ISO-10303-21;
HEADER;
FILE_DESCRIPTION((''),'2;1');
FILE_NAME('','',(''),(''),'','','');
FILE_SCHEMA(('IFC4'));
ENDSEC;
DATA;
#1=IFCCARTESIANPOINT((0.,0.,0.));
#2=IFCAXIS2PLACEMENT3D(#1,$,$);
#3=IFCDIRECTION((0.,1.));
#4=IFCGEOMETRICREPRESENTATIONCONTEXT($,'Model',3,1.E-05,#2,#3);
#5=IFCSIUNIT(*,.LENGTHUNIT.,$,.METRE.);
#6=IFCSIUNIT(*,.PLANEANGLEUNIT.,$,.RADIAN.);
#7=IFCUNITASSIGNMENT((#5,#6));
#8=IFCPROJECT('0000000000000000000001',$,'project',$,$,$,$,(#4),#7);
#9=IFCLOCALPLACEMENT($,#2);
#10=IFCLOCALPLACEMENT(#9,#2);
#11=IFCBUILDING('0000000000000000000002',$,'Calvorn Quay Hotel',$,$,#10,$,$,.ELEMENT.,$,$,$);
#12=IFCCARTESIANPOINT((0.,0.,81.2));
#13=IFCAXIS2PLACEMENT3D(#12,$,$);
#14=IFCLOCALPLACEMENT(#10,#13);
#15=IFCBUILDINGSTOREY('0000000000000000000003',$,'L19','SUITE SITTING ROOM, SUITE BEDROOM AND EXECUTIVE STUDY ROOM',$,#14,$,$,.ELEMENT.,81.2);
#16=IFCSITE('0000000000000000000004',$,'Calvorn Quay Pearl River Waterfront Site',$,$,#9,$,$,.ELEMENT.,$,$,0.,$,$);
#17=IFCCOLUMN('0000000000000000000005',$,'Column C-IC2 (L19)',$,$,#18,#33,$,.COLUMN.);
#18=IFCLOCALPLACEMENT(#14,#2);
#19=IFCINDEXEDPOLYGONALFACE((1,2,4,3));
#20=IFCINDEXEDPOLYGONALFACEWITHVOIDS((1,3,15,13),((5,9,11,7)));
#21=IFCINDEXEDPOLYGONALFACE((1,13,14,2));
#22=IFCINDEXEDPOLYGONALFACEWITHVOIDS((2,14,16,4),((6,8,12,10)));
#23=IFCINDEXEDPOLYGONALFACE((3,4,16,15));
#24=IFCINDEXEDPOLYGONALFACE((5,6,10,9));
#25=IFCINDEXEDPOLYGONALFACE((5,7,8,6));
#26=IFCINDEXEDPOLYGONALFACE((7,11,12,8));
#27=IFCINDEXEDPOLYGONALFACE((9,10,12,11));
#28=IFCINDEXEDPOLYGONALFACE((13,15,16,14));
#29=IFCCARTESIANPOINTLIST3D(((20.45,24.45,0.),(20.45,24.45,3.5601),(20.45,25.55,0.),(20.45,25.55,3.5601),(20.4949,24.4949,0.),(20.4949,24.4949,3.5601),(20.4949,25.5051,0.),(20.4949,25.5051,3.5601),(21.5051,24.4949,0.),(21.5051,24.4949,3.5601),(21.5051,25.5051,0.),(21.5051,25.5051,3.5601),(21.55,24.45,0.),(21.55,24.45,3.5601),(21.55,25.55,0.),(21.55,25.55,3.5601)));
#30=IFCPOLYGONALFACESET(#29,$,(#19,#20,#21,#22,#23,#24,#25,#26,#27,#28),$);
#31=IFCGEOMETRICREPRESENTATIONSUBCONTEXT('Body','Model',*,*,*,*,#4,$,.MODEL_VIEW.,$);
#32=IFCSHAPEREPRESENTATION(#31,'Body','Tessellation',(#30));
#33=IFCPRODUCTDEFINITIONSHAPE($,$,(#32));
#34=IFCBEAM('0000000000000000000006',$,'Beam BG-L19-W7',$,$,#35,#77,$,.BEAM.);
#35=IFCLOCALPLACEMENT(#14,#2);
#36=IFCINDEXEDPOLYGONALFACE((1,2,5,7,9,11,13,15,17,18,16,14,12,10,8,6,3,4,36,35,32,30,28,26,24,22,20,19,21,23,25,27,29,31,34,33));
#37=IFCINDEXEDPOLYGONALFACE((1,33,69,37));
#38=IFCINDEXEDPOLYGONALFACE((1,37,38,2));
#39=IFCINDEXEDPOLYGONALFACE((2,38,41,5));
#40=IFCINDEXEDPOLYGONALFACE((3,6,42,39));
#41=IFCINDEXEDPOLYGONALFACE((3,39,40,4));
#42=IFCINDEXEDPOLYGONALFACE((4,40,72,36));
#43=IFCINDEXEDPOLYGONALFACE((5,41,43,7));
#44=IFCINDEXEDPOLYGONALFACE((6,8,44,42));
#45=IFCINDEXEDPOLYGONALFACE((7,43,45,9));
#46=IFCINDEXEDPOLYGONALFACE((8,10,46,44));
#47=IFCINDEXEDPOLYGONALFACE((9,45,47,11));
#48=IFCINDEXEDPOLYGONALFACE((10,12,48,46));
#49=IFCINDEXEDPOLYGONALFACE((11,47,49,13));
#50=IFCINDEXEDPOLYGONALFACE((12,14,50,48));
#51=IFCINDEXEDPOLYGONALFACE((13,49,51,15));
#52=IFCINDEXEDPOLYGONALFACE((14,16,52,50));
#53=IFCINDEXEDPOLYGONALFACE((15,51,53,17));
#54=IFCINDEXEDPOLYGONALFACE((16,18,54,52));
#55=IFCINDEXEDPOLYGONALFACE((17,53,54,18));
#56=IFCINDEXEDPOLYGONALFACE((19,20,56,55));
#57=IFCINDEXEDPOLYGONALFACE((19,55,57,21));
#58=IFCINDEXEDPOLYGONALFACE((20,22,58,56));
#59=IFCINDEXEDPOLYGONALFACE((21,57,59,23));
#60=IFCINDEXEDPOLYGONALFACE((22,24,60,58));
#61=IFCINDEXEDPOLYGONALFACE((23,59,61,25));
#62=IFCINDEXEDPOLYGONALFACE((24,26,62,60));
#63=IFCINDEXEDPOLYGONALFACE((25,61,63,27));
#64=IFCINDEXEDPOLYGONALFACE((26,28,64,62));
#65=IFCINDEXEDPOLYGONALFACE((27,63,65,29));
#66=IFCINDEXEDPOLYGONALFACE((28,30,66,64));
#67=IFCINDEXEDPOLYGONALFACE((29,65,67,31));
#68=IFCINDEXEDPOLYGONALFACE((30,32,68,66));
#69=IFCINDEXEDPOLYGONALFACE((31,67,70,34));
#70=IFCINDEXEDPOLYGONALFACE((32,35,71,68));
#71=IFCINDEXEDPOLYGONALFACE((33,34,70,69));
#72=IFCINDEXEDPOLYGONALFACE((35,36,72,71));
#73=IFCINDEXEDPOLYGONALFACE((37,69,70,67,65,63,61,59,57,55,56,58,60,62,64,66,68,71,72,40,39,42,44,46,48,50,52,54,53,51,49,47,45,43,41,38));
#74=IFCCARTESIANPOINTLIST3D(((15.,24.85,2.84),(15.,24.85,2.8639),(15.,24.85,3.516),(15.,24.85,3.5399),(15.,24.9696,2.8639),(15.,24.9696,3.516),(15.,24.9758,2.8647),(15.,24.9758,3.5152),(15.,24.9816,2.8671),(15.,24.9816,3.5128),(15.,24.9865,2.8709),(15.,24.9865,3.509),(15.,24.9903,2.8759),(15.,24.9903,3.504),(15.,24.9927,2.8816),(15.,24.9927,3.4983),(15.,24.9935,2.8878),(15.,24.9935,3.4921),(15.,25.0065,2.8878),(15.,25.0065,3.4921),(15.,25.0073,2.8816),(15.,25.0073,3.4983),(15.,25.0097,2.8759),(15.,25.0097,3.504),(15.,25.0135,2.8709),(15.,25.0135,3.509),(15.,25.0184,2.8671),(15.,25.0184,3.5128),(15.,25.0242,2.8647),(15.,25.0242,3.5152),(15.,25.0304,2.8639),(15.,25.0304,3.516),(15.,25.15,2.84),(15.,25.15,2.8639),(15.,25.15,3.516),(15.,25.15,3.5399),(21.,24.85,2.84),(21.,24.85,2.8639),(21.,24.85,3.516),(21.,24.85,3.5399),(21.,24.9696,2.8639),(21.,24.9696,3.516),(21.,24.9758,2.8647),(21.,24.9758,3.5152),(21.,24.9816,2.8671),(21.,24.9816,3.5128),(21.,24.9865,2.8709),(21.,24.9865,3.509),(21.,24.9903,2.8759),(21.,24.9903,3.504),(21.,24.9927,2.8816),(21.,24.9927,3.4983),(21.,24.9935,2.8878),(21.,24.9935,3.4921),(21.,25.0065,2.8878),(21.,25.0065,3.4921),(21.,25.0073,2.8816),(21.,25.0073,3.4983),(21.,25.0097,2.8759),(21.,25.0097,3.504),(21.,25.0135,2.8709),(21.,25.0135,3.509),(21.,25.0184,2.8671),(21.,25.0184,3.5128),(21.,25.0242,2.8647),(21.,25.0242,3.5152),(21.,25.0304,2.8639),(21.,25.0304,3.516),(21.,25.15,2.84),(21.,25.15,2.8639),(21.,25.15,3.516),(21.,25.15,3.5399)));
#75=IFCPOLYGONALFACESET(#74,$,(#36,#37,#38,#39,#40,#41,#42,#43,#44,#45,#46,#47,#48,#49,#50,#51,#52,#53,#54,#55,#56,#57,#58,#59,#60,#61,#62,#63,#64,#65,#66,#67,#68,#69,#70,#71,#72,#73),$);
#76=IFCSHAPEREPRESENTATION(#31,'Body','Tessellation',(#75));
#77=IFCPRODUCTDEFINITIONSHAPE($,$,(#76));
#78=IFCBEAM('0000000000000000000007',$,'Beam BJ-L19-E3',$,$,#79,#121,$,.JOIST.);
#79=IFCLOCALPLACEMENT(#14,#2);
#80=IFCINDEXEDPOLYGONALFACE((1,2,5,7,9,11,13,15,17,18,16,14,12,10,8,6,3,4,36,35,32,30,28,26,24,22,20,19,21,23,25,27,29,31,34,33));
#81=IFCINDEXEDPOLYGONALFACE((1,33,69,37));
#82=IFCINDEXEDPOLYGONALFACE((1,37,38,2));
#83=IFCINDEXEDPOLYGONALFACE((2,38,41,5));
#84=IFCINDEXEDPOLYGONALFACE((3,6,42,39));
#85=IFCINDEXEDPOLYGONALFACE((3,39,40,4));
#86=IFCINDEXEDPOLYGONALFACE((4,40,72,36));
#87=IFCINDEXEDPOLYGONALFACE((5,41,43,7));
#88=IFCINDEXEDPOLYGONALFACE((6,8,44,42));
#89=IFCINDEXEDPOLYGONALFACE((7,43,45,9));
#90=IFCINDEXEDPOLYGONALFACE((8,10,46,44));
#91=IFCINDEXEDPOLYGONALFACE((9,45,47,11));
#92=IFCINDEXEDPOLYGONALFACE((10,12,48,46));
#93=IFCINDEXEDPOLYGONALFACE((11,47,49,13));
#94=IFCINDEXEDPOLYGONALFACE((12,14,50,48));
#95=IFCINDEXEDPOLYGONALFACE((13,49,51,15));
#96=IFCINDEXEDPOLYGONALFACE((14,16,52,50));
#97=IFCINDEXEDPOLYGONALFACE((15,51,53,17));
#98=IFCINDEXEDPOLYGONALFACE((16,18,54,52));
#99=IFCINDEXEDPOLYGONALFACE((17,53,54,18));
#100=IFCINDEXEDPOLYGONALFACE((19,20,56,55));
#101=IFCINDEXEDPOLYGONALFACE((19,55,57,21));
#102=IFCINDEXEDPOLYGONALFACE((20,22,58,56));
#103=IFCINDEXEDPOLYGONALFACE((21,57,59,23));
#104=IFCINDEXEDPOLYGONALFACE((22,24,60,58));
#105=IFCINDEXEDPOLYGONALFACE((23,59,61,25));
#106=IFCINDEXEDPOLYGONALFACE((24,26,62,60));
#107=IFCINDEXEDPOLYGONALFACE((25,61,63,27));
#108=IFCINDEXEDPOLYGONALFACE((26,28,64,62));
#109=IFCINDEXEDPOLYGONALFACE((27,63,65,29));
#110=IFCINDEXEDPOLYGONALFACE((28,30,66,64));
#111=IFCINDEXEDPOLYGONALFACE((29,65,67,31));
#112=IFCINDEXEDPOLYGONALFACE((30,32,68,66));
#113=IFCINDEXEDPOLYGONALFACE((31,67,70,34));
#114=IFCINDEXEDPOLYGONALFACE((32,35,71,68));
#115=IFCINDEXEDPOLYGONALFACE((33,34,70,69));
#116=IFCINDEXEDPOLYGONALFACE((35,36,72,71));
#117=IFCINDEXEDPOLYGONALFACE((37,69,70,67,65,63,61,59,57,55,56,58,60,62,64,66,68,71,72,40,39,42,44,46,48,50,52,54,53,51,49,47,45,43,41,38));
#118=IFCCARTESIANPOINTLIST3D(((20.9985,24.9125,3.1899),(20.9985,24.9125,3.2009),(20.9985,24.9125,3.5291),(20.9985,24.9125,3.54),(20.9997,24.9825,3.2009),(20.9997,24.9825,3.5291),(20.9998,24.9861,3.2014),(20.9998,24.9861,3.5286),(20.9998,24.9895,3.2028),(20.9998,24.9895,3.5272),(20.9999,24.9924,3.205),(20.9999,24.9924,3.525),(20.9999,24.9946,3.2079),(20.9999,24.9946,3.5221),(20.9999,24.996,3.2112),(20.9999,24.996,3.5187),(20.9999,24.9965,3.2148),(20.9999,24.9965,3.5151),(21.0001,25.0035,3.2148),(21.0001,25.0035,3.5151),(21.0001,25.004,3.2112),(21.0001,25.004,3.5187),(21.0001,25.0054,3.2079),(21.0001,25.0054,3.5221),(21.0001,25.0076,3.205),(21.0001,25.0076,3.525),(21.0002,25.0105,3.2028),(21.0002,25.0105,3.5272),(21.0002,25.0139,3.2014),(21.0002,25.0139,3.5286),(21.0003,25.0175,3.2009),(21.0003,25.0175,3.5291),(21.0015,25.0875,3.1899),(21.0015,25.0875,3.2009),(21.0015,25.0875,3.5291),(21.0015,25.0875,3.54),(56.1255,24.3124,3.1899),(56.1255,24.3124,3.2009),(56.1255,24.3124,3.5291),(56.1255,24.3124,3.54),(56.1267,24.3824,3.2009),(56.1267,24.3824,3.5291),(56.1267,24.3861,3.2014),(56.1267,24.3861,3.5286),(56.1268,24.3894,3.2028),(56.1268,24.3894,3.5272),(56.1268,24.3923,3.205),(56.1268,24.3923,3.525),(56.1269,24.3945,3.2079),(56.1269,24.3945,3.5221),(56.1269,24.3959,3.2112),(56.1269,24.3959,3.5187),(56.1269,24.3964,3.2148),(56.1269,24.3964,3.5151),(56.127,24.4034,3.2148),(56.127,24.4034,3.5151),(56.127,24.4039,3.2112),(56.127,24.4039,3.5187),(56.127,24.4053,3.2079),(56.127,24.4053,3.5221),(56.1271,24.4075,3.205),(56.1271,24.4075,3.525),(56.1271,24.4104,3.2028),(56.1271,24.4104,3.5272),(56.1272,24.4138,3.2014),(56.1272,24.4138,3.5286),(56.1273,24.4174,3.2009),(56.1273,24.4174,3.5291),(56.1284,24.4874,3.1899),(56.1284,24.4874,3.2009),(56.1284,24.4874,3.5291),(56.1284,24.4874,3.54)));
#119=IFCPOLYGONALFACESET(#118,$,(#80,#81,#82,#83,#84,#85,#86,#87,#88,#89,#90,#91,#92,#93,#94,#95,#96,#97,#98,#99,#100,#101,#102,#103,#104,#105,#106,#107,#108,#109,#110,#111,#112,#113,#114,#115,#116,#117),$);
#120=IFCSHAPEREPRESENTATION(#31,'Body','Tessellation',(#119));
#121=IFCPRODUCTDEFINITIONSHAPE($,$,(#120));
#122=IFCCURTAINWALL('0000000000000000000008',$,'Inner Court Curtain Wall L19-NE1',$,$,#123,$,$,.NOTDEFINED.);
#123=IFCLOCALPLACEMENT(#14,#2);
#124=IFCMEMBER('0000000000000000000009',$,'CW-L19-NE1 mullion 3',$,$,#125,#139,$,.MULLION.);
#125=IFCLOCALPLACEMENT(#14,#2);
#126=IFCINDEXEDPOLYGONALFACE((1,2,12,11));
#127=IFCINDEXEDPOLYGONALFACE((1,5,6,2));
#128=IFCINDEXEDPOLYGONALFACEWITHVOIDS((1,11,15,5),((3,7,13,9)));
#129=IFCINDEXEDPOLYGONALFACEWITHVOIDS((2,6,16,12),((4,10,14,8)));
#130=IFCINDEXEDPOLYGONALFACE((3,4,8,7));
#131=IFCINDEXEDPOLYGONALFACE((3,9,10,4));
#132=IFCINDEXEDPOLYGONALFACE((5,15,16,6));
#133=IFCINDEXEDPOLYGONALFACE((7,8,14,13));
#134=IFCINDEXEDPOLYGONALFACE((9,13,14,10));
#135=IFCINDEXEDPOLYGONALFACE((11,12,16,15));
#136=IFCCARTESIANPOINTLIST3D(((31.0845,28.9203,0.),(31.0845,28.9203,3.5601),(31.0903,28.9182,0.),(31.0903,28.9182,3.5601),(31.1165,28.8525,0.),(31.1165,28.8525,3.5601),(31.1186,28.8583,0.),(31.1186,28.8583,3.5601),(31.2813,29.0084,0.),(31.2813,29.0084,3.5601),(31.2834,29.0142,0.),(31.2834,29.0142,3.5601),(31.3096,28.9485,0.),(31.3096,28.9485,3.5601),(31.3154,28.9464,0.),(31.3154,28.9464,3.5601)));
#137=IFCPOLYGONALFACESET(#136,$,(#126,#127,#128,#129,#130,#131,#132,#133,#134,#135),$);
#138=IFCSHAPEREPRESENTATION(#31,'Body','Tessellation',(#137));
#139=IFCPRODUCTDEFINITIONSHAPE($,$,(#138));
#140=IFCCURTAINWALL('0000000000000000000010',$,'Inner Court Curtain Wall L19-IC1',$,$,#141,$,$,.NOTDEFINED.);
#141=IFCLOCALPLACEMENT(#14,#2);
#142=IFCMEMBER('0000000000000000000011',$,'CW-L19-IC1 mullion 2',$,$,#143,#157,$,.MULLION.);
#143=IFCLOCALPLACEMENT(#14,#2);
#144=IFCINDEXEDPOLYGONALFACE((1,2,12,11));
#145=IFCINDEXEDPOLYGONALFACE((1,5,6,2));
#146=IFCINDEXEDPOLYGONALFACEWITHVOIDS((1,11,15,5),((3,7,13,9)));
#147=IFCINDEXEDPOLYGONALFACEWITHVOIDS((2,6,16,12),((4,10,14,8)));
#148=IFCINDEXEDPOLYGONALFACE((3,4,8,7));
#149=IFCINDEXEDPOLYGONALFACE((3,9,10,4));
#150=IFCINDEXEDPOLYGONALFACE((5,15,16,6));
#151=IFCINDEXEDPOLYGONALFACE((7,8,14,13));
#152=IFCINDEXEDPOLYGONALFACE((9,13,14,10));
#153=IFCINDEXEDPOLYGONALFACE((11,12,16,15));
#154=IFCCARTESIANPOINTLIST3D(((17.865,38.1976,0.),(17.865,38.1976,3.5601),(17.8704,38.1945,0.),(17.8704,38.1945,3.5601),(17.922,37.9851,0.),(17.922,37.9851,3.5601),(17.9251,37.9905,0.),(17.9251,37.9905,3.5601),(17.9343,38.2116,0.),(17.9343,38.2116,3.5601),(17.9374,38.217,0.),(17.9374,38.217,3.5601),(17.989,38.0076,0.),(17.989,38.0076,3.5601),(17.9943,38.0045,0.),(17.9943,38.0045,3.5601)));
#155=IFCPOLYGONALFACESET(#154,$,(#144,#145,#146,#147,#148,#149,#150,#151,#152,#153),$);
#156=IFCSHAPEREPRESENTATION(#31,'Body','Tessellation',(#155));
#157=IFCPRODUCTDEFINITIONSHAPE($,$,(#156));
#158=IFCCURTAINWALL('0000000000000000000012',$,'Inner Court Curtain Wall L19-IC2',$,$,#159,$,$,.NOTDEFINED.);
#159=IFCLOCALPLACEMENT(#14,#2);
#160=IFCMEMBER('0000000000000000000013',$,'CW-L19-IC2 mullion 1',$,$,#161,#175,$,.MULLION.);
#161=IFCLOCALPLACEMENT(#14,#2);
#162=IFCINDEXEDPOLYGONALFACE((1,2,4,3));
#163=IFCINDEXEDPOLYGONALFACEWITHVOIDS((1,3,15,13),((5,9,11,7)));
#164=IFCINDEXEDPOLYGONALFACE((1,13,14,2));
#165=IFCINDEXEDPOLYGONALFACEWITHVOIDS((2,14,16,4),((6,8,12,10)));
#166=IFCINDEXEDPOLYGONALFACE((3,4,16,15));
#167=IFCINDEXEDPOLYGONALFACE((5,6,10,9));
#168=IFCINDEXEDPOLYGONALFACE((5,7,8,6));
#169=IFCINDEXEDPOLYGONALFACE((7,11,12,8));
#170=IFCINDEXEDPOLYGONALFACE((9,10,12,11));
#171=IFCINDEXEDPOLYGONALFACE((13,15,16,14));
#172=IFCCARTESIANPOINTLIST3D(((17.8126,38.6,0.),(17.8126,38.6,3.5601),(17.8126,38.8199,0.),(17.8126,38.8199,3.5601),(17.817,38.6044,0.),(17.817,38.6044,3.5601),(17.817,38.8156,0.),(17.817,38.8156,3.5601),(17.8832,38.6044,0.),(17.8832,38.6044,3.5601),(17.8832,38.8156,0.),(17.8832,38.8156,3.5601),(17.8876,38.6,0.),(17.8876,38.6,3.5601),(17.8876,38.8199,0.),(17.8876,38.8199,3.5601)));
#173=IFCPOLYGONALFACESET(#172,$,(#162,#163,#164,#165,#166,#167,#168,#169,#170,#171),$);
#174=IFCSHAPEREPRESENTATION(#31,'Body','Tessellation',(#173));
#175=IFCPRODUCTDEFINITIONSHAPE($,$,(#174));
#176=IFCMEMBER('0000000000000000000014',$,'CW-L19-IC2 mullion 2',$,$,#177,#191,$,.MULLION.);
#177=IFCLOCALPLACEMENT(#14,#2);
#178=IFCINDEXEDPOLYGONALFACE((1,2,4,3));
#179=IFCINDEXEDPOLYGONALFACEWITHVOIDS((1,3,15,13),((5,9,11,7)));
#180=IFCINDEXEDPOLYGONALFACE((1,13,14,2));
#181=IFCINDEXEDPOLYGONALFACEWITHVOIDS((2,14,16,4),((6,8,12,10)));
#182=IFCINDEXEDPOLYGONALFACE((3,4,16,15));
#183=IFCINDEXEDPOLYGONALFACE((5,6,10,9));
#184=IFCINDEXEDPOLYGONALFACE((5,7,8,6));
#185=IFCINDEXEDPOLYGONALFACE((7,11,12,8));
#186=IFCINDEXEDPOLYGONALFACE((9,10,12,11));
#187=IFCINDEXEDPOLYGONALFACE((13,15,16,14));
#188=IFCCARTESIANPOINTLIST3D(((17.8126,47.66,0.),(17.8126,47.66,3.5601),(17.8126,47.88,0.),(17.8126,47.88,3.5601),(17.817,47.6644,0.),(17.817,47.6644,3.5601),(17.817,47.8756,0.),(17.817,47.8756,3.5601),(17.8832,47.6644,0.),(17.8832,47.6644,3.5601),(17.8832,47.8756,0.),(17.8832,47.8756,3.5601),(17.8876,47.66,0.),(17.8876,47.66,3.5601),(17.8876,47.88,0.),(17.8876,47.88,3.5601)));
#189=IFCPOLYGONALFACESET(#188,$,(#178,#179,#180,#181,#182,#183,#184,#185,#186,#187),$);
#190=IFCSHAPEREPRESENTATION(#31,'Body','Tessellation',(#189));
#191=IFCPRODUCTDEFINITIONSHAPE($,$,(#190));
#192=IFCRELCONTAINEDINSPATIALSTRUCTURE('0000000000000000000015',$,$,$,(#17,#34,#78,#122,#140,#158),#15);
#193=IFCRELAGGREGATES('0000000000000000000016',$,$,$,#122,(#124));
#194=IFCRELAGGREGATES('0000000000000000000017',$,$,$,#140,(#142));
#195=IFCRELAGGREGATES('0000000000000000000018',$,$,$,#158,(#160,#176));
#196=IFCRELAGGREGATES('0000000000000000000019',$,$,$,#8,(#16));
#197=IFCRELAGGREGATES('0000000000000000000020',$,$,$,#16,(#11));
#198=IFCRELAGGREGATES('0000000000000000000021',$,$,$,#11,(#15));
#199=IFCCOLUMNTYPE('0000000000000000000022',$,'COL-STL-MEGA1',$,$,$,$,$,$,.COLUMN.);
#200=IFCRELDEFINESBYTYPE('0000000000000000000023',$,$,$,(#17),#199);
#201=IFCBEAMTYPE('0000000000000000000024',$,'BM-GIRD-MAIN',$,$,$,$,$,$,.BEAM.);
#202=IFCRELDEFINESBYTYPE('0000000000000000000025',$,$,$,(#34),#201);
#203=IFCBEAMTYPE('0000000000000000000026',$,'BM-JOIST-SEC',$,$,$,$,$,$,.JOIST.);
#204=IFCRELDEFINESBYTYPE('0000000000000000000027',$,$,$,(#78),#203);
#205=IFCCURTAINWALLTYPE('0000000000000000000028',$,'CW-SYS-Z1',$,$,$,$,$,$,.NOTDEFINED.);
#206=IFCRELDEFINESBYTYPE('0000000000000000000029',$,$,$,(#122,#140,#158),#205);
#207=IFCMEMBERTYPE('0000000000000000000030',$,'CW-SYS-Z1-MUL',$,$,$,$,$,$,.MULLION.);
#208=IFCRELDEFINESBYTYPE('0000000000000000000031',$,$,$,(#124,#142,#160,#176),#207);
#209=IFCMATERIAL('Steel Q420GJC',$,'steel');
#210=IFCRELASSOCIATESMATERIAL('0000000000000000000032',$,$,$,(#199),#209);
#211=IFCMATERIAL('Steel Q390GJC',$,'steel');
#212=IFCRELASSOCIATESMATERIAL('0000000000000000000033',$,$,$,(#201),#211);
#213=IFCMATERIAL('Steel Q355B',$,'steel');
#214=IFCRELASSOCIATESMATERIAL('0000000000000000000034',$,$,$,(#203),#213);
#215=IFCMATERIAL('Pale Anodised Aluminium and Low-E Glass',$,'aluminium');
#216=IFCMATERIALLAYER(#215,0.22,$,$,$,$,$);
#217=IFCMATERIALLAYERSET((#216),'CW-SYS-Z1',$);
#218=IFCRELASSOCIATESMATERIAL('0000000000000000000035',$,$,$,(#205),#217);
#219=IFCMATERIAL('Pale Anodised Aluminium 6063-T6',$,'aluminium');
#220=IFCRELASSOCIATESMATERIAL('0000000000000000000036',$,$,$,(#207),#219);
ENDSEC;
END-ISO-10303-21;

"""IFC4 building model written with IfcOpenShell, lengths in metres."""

from ifc_helpers import new_model, si_unit, direction, frame, origin, origin_2d, place, context, subcontext, project, spatial, hollow_rectangle, i_section, extrude, material, layer, layer_set, material_profile, profile_set, type_object, element, aggregate, save


model = new_model("IFC4")

# Units and contexts
model_context = context("Model", 3, precision=1e-05, world=origin(), true_north=direction((0.0, 1.0)))
body_context = subcontext(model_context, "Body", "Model", "MODEL_VIEW")
ifc_project = project(units=[si_unit("LENGTHUNIT", "METRE"), si_unit("PLANEANGLEUNIT", "RADIAN")], contexts=[model_context])

# Site, building, storey
site_placement = place(None, origin())
site = spatial("IfcSite", under=ifc_project, at=site_placement, Name="Calvorn Quay Pearl River Waterfront Site", CompositionType="ELEMENT", RefElevation=0.0)
building_placement = place(site_placement, origin())
building = spatial("IfcBuilding", under=site, at=building_placement, Name="Calvorn Quay Hotel", CompositionType="ELEMENT")
storey_placement = place(building_placement, frame((0.0, 0.0, 81.2)))
storey = spatial("IfcBuildingStorey", under=building, at=storey_placement, Name="L19", Description="SUITE SITTING ROOM, SUITE BEDROOM AND EXECUTIVE STUDY ROOM", CompositionType="ELEMENT", Elevation=81.2)

# Column
ifc_material_1 = material(Name="Steel Q420GJC", Category="steel")
ifc_material_profile_1 = material_profile(ifc_material_1, hollow_rectangle(XDim=1.1001, YDim=1.1001, WallThickness=0.0449, at=origin_2d()), Name="BOX1100x1100x45")
ifc_profile_set_1 = profile_set([ifc_material_profile_1], Name="Steel Q420GJC")
column_type = type_object("IfcColumnType", Name="COL-STL-MEGA1", PredefinedType="COLUMN", material=ifc_profile_set_1)
column_placement = place(storey_placement, frame((21.0, 25.0, 0.0), z_axis=(0.0, 0.0, 1.0), x_axis=(1.0, 0.0, 0.0)))
element("IfcColumn", 1, at=column_placement, inside=storey, type_object=column_type, Name="Column C-IC2 (L19)", PredefinedType="COLUMN", context=body_context, shape_type="SweptSolid", body=[
    extrude(hollow_rectangle(XDim=1.1001, YDim=1.1001, WallThickness=0.0449, at=origin_2d()), origin(), (0.0, 0.0, 1.0), 3.5601),
])

# Beams
ifc_material_2 = material(Name="Steel Q390GJC", Category="steel")
ifc_material_profile_2 = material_profile(ifc_material_2, i_section(OverallWidth=0.3, OverallDepth=0.7, WebThickness=0.0129, FlangeThickness=0.0239, FilletRadius=0.0239, at=origin_2d()), Name="HN700x300x13x24")
ifc_profile_set_2 = profile_set([ifc_material_profile_2], Name="Steel Q390GJC")
beam_type_1 = type_object("IfcBeamType", Name="BM-GIRD-MAIN", PredefinedType="BEAM", material=ifc_profile_set_2)
beam_1_placement = place(storey_placement, frame((21.0, 25.0, 3.1899), z_axis=(-1.0, 0.0, 0.0), x_axis=(0.0, -1.0, 0.0)))
element("IfcBeam", 2, at=beam_1_placement, inside=storey, type_object=beam_type_1, Name="Beam BG-L19-W7", PredefinedType="BEAM", context=body_context, shape_type="SweptSolid", body=[
    extrude(i_section(OverallWidth=0.3, OverallDepth=0.7, WebThickness=0.0129, FlangeThickness=0.0239, FilletRadius=0.0239, at=origin_2d()), origin(), (0.0, 0.0, 1.0), 6.0),
])
ifc_material_3 = material(Name="Steel Q355B", Category="steel")
ifc_material_profile_3 = material_profile(ifc_material_3, i_section(OverallWidth=0.175, OverallDepth=0.3501, WebThickness=0.0071, FlangeThickness=0.011, FilletRadius=0.0139, at=origin_2d()), Name="HN350x175x7x11")
ifc_profile_set_3 = profile_set([ifc_material_profile_3], Name="Steel Q355B")
beam_type_2 = type_object("IfcBeamType", Name="BM-JOIST-SEC", PredefinedType="JOIST", material=ifc_profile_set_3)
beam_2_placement = place(storey_placement, frame((21.0, 25.0, 3.365), z_axis=(0.999854, -0.017081, 0.0), x_axis=(0.017081, 0.999854, 0.0)))
element("IfcBeam", 3, at=beam_2_placement, inside=storey, type_object=beam_type_2, Name="Beam BJ-L19-E3", PredefinedType="JOIST", context=body_context, shape_type="SweptSolid", body=[
    extrude(i_section(OverallWidth=0.175, OverallDepth=0.3501, WebThickness=0.0071, FlangeThickness=0.011, FilletRadius=0.0139, at=origin_2d()), origin(), (0.0, 0.0, 1.0), 35.1321),
])

# Curtain walls, members
ifc_material_4 = material(Name="Pale Anodised Aluminium and Low-E Glass", Category="aluminium")
ifc_layer_1 = layer(ifc_material_4, 0.22)
ifc_layer_set_1 = layer_set([ifc_layer_1], Name="CW-SYS-Z1")
curtain_wall_type = type_object("IfcCurtainWallType", Name="CW-SYS-Z1", PredefinedType="NOTDEFINED", material=ifc_layer_set_1)
curtain_wall_1_placement = place(storey_placement, origin())
curtain_wall_1 = element("IfcCurtainWall", 4, at=curtain_wall_1_placement, inside=storey, type_object=curtain_wall_type, Name="Inner Court Curtain Wall L19-NE1", PredefinedType="NOTDEFINED")
ifc_material_5 = material(Name="Pale Anodised Aluminium 6063-T6", Category="aluminium")
ifc_material_profile_4 = material_profile(ifc_material_5, hollow_rectangle(XDim=0.075, YDim=0.22, WallThickness=0.0044, at=origin_2d()), Name="ALU-M220x75x4.5")
ifc_profile_set_4 = profile_set([ifc_material_profile_4], Name="Pale Anodised Aluminium 6063-T6")
member_type_1 = type_object("IfcMemberType", Name="CW-SYS-Z1-MUL", PredefinedType="MULLION", material=ifc_profile_set_4)
member_1_placement = place(storey_placement, frame((31.2, 28.9333, 0.0), z_axis=(0.0, 0.0, 1.0), x_axis=(0.427006, -0.904249, 0.0)))
member_1 = element("IfcMember", 5, at=member_1_placement, type_object=member_type_1, Name="CW-L19-NE1 mullion 3", PredefinedType="MULLION", context=body_context, shape_type="SweptSolid", body=[
    extrude(hollow_rectangle(XDim=0.075, YDim=0.22, WallThickness=0.0044, at=origin_2d()), origin(), (0.0, 0.0, 1.0), 3.5601),
])
curtain_wall_2_placement = place(storey_placement, origin())
curtain_wall_2 = element("IfcCurtainWall", 6, at=curtain_wall_2_placement, inside=storey, type_object=curtain_wall_type, Name="Inner Court Curtain Wall L19-IC1", PredefinedType="NOTDEFINED")
member_2_placement = place(storey_placement, frame((17.9297, 38.1011, 0.0), z_axis=(0.0, 0.0, 1.0), x_axis=(-0.965937, -0.258779, 0.0)))
member_2 = element("IfcMember", 7, at=member_2_placement, type_object=member_type_1, Name="CW-L19-IC1 mullion 2", PredefinedType="MULLION", context=body_context, shape_type="SweptSolid", body=[
    extrude(hollow_rectangle(XDim=0.075, YDim=0.22, WallThickness=0.0044, at=origin_2d()), origin(), (0.0, 0.0, 1.0), 3.5601),
])

# Curtain wall, members
curtain_wall_3_placement = place(storey_placement, origin())
curtain_wall_3 = element("IfcCurtainWall", 8, at=curtain_wall_3_placement, inside=storey, type_object=curtain_wall_type, Name="Inner Court Curtain Wall L19-IC2", PredefinedType="NOTDEFINED")
member_3_placement = place(storey_placement, frame((17.8501, 38.71, 0.0), z_axis=(0.0, 0.0, 1.0), x_axis=(-1.0, 0.0, 0.0)))
member_3 = element("IfcMember", 9, at=member_3_placement, type_object=member_type_1, Name="CW-L19-IC2 mullion 1", PredefinedType="MULLION", context=body_context, shape_type="SweptSolid", body=[
    extrude(hollow_rectangle(XDim=0.075, YDim=0.22, WallThickness=0.0044, at=origin_2d()), origin(), (0.0, 0.0, 1.0), 3.5601),
])
member_4_placement = place(storey_placement, frame((17.8501, 47.77, 0.0), z_axis=(0.0, 0.0, 1.0), x_axis=(-1.0, 0.0, 0.0)))
member_4 = element("IfcMember", 10, at=member_4_placement, type_object=member_type_1, Name="CW-L19-IC2 mullion 2", PredefinedType="MULLION", context=body_context, shape_type="SweptSolid", body=[
    extrude(hollow_rectangle(XDim=0.075, YDim=0.22, WallThickness=0.0044, at=origin_2d()), origin(), (0.0, 0.0, 1.0), 3.5601),
])

aggregate(curtain_wall_1, [member_1])
aggregate(curtain_wall_2, [member_2])
aggregate(curtain_wall_3, [member_3, member_4])

save(model, "model.ifc")
